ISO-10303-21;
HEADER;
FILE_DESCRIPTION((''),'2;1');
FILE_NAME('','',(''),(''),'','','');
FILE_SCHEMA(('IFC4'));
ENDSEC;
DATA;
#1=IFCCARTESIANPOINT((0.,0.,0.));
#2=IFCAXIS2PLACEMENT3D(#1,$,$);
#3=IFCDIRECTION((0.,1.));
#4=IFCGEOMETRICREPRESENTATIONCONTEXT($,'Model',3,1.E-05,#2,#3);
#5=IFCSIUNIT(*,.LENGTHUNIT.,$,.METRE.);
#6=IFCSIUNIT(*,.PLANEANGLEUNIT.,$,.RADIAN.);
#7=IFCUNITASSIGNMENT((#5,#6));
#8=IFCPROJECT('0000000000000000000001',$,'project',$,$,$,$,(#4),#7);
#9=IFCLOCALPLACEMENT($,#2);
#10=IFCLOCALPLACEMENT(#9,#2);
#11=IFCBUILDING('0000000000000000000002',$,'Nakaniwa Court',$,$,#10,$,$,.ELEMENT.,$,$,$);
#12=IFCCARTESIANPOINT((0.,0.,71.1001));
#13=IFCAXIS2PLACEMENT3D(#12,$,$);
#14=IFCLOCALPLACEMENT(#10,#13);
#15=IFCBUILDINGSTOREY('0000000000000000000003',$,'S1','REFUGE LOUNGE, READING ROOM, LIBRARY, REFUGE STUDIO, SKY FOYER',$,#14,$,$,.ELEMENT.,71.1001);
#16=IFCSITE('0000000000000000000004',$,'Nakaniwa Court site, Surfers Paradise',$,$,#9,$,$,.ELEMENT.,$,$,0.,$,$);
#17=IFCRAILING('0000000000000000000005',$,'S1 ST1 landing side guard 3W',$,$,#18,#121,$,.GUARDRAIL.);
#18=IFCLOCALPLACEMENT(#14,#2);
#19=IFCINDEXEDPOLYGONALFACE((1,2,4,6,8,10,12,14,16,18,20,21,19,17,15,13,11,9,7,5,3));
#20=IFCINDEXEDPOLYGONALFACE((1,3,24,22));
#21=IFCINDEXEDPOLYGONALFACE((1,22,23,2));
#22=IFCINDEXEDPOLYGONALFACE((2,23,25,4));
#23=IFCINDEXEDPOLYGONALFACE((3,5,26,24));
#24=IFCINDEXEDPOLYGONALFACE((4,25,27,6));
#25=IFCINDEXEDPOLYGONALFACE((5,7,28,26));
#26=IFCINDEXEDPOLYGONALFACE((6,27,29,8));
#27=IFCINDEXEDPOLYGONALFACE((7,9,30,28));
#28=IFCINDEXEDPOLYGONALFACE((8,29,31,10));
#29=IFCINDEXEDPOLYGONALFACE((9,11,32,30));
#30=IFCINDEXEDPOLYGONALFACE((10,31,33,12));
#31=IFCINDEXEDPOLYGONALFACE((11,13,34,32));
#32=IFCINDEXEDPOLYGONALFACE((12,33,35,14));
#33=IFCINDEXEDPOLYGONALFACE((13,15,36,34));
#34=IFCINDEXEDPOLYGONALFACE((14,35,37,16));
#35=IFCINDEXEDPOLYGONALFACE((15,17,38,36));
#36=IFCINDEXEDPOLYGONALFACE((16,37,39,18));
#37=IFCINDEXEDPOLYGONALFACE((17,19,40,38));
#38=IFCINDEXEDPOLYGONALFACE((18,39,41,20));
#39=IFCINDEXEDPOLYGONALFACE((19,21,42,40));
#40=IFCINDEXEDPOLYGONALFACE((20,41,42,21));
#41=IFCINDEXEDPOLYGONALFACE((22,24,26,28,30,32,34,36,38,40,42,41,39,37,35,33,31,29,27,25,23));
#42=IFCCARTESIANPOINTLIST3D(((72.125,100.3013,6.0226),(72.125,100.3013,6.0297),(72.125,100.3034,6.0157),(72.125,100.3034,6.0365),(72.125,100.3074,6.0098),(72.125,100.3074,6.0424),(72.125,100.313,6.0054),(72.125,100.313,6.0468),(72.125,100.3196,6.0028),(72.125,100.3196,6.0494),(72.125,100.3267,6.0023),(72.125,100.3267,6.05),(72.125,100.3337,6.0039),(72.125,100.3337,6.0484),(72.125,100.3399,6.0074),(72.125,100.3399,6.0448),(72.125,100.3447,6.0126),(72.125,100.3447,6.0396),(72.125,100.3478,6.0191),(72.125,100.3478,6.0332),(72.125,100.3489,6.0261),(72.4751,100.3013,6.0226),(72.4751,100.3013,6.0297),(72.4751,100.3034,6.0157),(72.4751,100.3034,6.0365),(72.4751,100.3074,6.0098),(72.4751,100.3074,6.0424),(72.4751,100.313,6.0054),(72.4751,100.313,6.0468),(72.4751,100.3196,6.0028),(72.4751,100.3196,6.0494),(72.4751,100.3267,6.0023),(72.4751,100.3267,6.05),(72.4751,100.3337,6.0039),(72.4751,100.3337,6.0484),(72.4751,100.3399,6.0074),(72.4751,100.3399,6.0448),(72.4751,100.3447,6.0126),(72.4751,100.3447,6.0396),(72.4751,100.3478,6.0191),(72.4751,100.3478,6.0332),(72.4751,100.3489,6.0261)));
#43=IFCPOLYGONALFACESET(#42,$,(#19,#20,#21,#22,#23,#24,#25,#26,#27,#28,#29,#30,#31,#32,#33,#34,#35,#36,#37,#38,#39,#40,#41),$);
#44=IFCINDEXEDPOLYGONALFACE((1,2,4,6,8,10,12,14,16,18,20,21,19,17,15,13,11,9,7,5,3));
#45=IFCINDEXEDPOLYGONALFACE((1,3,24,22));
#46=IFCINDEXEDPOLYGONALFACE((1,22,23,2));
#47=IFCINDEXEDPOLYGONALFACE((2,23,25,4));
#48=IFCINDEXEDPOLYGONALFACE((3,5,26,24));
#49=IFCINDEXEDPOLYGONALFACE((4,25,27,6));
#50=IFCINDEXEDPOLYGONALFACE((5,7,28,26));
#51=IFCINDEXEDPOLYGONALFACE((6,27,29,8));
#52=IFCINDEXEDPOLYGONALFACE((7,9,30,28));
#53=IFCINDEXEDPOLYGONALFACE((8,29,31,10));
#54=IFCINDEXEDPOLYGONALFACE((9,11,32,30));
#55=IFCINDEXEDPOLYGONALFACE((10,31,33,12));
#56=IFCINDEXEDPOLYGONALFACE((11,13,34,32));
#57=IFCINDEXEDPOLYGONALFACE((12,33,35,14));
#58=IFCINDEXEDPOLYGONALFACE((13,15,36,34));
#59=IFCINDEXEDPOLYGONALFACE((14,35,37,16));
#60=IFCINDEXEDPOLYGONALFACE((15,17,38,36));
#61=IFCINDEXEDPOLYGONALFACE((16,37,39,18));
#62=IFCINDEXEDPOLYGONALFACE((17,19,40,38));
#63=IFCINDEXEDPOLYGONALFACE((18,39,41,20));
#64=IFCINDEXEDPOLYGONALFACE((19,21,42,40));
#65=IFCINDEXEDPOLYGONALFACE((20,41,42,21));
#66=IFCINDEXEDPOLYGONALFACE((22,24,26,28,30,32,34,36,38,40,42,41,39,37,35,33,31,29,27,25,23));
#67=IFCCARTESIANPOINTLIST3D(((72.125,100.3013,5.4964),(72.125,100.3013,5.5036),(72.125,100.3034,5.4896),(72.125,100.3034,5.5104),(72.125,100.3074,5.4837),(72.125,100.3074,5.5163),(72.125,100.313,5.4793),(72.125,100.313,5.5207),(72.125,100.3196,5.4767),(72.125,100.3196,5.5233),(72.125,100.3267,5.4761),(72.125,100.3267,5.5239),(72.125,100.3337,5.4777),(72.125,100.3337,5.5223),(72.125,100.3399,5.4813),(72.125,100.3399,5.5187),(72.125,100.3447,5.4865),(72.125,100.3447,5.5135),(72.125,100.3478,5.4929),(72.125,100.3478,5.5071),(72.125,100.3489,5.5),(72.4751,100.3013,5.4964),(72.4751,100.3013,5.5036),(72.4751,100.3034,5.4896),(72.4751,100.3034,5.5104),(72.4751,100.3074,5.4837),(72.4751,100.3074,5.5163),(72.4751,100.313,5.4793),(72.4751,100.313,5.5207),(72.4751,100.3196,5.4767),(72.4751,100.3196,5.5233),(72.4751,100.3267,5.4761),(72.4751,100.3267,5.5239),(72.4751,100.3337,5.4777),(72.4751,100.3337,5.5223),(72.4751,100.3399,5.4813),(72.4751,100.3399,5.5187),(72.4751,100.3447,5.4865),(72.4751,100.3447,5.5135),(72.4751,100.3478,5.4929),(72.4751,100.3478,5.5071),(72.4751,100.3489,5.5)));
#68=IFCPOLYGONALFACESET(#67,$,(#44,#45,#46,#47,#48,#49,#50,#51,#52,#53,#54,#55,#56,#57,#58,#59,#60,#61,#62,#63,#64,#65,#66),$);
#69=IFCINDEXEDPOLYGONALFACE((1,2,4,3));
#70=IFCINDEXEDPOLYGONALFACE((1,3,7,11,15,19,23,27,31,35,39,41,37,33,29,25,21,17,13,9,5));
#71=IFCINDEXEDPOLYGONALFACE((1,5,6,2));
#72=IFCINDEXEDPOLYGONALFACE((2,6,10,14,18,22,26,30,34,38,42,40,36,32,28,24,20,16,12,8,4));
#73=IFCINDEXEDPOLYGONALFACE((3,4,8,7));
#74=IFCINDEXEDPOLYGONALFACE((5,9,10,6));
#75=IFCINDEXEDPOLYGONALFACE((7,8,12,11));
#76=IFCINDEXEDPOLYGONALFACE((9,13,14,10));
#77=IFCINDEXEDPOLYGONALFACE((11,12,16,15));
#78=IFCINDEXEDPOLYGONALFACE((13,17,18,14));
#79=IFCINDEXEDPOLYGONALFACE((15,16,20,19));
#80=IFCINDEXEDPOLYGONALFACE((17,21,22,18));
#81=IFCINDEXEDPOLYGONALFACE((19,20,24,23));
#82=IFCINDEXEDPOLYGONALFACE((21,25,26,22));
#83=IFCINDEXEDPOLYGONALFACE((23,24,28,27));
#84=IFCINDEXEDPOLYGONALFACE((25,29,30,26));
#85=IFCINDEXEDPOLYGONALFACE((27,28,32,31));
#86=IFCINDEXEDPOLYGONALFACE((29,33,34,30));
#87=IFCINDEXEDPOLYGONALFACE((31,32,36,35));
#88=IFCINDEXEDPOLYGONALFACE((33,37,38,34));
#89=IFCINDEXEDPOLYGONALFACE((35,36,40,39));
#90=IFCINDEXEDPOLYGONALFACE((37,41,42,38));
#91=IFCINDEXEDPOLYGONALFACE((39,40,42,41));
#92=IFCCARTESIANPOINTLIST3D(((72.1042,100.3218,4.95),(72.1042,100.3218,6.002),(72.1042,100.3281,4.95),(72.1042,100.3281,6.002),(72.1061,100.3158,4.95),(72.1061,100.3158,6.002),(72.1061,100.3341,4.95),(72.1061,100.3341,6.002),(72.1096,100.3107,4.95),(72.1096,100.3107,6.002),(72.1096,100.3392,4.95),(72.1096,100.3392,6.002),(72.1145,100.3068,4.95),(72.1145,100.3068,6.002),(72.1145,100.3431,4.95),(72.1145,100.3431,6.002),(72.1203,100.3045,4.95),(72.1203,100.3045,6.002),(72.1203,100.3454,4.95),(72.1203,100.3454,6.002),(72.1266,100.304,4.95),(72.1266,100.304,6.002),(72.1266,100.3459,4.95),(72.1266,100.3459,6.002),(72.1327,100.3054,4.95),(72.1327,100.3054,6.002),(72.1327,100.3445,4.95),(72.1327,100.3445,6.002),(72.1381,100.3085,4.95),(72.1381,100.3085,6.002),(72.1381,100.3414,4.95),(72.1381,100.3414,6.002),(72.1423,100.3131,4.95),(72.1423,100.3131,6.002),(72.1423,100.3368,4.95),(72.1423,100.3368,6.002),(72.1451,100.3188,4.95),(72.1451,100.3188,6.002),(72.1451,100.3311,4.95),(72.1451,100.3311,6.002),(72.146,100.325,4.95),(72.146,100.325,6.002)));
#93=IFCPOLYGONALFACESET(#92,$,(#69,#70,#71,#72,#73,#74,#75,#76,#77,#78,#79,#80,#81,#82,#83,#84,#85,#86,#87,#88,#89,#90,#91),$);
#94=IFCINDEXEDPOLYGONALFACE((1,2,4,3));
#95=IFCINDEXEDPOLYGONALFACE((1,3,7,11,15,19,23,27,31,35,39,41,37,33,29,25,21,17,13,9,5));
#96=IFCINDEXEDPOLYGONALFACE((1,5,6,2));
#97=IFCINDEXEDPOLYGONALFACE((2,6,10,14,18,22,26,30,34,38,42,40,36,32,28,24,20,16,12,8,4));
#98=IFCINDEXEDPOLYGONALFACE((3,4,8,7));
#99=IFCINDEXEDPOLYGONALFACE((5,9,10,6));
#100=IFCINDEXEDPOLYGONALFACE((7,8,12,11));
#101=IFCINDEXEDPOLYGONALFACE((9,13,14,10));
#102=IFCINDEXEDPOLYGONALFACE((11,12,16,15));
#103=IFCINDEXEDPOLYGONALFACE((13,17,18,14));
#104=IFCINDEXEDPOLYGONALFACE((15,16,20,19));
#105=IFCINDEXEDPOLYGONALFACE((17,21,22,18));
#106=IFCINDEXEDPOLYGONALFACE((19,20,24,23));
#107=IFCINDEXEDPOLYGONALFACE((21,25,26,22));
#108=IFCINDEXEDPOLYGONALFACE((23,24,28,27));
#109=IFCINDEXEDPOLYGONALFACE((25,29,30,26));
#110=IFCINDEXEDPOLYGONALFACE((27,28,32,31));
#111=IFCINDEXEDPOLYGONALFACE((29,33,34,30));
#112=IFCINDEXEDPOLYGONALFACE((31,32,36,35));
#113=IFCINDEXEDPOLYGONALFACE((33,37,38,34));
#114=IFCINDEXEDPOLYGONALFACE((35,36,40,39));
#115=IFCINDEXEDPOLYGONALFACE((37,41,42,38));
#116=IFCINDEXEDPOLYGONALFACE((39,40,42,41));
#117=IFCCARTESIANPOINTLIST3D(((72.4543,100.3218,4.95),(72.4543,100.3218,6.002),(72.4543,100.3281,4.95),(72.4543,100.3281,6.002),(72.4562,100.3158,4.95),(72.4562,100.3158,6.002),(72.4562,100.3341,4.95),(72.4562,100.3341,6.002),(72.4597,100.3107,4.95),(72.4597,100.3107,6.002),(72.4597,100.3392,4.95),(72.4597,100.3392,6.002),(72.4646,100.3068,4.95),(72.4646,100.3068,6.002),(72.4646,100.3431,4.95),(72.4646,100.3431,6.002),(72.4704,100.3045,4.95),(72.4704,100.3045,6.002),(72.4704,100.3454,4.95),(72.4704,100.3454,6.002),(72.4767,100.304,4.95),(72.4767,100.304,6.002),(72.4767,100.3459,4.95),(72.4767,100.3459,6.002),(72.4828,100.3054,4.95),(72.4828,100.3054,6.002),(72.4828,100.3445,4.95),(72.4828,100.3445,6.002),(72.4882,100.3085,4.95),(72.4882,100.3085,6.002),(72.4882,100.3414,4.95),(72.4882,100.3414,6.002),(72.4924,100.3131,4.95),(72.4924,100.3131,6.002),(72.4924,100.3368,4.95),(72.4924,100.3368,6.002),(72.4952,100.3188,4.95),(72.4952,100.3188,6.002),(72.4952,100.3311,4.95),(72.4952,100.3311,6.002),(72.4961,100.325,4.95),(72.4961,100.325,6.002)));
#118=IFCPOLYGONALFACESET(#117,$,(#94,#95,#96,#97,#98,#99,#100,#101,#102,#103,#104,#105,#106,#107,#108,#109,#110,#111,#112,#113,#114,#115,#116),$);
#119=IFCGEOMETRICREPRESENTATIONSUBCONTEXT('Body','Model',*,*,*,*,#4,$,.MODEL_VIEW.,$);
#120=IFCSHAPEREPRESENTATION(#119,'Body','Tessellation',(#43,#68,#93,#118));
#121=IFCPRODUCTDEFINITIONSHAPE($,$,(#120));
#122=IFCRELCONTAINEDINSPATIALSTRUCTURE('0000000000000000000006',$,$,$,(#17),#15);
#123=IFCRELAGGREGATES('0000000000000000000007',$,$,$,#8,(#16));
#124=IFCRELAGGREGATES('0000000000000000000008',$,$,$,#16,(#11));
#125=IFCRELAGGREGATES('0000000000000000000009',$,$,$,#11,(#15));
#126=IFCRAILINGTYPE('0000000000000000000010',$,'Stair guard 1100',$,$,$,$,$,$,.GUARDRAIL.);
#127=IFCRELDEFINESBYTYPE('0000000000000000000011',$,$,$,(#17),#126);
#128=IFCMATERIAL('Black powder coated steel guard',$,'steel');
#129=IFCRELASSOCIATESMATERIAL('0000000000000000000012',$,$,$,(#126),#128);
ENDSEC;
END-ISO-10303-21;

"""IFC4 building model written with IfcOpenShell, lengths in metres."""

from ifc_helpers import new_model, si_unit, direction, frame, origin, origin_2d, place, context, subcontext, project, spatial, circle, extrude, material, type_object, element, save


model = new_model("IFC4")

# Units and contexts
model_context = context("Model", 3, precision=1e-05, world=origin(), true_north=direction((0.0, 1.0)))
body_context = subcontext(model_context, "Body", "Model", "MODEL_VIEW")
ifc_project = project(units=[si_unit("LENGTHUNIT", "METRE"), si_unit("PLANEANGLEUNIT", "RADIAN")], contexts=[model_context])

# Site, building, storey
site_placement = place(None, origin())
site = spatial("IfcSite", under=ifc_project, at=site_placement, Name="Nakaniwa Court site, Surfers Paradise", CompositionType="ELEMENT", RefElevation=0.0)
building_placement = place(site_placement, origin())
building = spatial("IfcBuilding", under=site, at=building_placement, Name="Nakaniwa Court", CompositionType="ELEMENT")
storey_placement = place(building_placement, frame((0.0, 0.0, 71.1001)))
storey = spatial("IfcBuildingStorey", under=building, at=storey_placement, Name="S1", Description="REFUGE LOUNGE, READING ROOM, LIBRARY, REFUGE STUDIO, SKY FOYER", CompositionType="ELEMENT", Elevation=71.1001)

# Railing
ifc_material_1 = material(Name="Black powder coated steel guard", Category="steel")
railing_type_1 = type_object("IfcRailingType", Name="Stair guard 1100", PredefinedType="GUARDRAIL", material=ifc_material_1)
for number, where, name in (
    (1, (72.125, 100.325, 4.95), "S1 ST1 landing side guard 3W"),
):
    element("IfcRailing", number, at=place(storey_placement, frame(where)), inside=storey, type_object=railing_type_1, Name=name, PredefinedType="GUARDRAIL", context=body_context, shape_type="SweptSolid", body=[
        extrude(circle(Radius=0.0239, at=origin_2d()), frame((0.0, 0.0, 1.0762), z_axis=(1.0, 0.0, 0.0), x_axis=(0.0, 1.0, 0.0)), (0.0, 0.0, 1.0), 0.3501),
        extrude(circle(Radius=0.0239, at=origin_2d()), frame((0.0, 0.0, 0.55), z_axis=(1.0, 0.0, 0.0), x_axis=(0.0, 1.0, 0.0)), (0.0, 0.0, 1.0), 0.3501),
        extrude(circle(Radius=0.021, at=origin_2d()), origin(), (0.0, 0.0, 1.0), 1.052),
        extrude(circle(Radius=0.021, at=origin_2d()), frame((0.3501, 0.0, 0.0)), (0.0, 0.0, 1.0), 1.052),
    ])

save(model, "model.ifc")
